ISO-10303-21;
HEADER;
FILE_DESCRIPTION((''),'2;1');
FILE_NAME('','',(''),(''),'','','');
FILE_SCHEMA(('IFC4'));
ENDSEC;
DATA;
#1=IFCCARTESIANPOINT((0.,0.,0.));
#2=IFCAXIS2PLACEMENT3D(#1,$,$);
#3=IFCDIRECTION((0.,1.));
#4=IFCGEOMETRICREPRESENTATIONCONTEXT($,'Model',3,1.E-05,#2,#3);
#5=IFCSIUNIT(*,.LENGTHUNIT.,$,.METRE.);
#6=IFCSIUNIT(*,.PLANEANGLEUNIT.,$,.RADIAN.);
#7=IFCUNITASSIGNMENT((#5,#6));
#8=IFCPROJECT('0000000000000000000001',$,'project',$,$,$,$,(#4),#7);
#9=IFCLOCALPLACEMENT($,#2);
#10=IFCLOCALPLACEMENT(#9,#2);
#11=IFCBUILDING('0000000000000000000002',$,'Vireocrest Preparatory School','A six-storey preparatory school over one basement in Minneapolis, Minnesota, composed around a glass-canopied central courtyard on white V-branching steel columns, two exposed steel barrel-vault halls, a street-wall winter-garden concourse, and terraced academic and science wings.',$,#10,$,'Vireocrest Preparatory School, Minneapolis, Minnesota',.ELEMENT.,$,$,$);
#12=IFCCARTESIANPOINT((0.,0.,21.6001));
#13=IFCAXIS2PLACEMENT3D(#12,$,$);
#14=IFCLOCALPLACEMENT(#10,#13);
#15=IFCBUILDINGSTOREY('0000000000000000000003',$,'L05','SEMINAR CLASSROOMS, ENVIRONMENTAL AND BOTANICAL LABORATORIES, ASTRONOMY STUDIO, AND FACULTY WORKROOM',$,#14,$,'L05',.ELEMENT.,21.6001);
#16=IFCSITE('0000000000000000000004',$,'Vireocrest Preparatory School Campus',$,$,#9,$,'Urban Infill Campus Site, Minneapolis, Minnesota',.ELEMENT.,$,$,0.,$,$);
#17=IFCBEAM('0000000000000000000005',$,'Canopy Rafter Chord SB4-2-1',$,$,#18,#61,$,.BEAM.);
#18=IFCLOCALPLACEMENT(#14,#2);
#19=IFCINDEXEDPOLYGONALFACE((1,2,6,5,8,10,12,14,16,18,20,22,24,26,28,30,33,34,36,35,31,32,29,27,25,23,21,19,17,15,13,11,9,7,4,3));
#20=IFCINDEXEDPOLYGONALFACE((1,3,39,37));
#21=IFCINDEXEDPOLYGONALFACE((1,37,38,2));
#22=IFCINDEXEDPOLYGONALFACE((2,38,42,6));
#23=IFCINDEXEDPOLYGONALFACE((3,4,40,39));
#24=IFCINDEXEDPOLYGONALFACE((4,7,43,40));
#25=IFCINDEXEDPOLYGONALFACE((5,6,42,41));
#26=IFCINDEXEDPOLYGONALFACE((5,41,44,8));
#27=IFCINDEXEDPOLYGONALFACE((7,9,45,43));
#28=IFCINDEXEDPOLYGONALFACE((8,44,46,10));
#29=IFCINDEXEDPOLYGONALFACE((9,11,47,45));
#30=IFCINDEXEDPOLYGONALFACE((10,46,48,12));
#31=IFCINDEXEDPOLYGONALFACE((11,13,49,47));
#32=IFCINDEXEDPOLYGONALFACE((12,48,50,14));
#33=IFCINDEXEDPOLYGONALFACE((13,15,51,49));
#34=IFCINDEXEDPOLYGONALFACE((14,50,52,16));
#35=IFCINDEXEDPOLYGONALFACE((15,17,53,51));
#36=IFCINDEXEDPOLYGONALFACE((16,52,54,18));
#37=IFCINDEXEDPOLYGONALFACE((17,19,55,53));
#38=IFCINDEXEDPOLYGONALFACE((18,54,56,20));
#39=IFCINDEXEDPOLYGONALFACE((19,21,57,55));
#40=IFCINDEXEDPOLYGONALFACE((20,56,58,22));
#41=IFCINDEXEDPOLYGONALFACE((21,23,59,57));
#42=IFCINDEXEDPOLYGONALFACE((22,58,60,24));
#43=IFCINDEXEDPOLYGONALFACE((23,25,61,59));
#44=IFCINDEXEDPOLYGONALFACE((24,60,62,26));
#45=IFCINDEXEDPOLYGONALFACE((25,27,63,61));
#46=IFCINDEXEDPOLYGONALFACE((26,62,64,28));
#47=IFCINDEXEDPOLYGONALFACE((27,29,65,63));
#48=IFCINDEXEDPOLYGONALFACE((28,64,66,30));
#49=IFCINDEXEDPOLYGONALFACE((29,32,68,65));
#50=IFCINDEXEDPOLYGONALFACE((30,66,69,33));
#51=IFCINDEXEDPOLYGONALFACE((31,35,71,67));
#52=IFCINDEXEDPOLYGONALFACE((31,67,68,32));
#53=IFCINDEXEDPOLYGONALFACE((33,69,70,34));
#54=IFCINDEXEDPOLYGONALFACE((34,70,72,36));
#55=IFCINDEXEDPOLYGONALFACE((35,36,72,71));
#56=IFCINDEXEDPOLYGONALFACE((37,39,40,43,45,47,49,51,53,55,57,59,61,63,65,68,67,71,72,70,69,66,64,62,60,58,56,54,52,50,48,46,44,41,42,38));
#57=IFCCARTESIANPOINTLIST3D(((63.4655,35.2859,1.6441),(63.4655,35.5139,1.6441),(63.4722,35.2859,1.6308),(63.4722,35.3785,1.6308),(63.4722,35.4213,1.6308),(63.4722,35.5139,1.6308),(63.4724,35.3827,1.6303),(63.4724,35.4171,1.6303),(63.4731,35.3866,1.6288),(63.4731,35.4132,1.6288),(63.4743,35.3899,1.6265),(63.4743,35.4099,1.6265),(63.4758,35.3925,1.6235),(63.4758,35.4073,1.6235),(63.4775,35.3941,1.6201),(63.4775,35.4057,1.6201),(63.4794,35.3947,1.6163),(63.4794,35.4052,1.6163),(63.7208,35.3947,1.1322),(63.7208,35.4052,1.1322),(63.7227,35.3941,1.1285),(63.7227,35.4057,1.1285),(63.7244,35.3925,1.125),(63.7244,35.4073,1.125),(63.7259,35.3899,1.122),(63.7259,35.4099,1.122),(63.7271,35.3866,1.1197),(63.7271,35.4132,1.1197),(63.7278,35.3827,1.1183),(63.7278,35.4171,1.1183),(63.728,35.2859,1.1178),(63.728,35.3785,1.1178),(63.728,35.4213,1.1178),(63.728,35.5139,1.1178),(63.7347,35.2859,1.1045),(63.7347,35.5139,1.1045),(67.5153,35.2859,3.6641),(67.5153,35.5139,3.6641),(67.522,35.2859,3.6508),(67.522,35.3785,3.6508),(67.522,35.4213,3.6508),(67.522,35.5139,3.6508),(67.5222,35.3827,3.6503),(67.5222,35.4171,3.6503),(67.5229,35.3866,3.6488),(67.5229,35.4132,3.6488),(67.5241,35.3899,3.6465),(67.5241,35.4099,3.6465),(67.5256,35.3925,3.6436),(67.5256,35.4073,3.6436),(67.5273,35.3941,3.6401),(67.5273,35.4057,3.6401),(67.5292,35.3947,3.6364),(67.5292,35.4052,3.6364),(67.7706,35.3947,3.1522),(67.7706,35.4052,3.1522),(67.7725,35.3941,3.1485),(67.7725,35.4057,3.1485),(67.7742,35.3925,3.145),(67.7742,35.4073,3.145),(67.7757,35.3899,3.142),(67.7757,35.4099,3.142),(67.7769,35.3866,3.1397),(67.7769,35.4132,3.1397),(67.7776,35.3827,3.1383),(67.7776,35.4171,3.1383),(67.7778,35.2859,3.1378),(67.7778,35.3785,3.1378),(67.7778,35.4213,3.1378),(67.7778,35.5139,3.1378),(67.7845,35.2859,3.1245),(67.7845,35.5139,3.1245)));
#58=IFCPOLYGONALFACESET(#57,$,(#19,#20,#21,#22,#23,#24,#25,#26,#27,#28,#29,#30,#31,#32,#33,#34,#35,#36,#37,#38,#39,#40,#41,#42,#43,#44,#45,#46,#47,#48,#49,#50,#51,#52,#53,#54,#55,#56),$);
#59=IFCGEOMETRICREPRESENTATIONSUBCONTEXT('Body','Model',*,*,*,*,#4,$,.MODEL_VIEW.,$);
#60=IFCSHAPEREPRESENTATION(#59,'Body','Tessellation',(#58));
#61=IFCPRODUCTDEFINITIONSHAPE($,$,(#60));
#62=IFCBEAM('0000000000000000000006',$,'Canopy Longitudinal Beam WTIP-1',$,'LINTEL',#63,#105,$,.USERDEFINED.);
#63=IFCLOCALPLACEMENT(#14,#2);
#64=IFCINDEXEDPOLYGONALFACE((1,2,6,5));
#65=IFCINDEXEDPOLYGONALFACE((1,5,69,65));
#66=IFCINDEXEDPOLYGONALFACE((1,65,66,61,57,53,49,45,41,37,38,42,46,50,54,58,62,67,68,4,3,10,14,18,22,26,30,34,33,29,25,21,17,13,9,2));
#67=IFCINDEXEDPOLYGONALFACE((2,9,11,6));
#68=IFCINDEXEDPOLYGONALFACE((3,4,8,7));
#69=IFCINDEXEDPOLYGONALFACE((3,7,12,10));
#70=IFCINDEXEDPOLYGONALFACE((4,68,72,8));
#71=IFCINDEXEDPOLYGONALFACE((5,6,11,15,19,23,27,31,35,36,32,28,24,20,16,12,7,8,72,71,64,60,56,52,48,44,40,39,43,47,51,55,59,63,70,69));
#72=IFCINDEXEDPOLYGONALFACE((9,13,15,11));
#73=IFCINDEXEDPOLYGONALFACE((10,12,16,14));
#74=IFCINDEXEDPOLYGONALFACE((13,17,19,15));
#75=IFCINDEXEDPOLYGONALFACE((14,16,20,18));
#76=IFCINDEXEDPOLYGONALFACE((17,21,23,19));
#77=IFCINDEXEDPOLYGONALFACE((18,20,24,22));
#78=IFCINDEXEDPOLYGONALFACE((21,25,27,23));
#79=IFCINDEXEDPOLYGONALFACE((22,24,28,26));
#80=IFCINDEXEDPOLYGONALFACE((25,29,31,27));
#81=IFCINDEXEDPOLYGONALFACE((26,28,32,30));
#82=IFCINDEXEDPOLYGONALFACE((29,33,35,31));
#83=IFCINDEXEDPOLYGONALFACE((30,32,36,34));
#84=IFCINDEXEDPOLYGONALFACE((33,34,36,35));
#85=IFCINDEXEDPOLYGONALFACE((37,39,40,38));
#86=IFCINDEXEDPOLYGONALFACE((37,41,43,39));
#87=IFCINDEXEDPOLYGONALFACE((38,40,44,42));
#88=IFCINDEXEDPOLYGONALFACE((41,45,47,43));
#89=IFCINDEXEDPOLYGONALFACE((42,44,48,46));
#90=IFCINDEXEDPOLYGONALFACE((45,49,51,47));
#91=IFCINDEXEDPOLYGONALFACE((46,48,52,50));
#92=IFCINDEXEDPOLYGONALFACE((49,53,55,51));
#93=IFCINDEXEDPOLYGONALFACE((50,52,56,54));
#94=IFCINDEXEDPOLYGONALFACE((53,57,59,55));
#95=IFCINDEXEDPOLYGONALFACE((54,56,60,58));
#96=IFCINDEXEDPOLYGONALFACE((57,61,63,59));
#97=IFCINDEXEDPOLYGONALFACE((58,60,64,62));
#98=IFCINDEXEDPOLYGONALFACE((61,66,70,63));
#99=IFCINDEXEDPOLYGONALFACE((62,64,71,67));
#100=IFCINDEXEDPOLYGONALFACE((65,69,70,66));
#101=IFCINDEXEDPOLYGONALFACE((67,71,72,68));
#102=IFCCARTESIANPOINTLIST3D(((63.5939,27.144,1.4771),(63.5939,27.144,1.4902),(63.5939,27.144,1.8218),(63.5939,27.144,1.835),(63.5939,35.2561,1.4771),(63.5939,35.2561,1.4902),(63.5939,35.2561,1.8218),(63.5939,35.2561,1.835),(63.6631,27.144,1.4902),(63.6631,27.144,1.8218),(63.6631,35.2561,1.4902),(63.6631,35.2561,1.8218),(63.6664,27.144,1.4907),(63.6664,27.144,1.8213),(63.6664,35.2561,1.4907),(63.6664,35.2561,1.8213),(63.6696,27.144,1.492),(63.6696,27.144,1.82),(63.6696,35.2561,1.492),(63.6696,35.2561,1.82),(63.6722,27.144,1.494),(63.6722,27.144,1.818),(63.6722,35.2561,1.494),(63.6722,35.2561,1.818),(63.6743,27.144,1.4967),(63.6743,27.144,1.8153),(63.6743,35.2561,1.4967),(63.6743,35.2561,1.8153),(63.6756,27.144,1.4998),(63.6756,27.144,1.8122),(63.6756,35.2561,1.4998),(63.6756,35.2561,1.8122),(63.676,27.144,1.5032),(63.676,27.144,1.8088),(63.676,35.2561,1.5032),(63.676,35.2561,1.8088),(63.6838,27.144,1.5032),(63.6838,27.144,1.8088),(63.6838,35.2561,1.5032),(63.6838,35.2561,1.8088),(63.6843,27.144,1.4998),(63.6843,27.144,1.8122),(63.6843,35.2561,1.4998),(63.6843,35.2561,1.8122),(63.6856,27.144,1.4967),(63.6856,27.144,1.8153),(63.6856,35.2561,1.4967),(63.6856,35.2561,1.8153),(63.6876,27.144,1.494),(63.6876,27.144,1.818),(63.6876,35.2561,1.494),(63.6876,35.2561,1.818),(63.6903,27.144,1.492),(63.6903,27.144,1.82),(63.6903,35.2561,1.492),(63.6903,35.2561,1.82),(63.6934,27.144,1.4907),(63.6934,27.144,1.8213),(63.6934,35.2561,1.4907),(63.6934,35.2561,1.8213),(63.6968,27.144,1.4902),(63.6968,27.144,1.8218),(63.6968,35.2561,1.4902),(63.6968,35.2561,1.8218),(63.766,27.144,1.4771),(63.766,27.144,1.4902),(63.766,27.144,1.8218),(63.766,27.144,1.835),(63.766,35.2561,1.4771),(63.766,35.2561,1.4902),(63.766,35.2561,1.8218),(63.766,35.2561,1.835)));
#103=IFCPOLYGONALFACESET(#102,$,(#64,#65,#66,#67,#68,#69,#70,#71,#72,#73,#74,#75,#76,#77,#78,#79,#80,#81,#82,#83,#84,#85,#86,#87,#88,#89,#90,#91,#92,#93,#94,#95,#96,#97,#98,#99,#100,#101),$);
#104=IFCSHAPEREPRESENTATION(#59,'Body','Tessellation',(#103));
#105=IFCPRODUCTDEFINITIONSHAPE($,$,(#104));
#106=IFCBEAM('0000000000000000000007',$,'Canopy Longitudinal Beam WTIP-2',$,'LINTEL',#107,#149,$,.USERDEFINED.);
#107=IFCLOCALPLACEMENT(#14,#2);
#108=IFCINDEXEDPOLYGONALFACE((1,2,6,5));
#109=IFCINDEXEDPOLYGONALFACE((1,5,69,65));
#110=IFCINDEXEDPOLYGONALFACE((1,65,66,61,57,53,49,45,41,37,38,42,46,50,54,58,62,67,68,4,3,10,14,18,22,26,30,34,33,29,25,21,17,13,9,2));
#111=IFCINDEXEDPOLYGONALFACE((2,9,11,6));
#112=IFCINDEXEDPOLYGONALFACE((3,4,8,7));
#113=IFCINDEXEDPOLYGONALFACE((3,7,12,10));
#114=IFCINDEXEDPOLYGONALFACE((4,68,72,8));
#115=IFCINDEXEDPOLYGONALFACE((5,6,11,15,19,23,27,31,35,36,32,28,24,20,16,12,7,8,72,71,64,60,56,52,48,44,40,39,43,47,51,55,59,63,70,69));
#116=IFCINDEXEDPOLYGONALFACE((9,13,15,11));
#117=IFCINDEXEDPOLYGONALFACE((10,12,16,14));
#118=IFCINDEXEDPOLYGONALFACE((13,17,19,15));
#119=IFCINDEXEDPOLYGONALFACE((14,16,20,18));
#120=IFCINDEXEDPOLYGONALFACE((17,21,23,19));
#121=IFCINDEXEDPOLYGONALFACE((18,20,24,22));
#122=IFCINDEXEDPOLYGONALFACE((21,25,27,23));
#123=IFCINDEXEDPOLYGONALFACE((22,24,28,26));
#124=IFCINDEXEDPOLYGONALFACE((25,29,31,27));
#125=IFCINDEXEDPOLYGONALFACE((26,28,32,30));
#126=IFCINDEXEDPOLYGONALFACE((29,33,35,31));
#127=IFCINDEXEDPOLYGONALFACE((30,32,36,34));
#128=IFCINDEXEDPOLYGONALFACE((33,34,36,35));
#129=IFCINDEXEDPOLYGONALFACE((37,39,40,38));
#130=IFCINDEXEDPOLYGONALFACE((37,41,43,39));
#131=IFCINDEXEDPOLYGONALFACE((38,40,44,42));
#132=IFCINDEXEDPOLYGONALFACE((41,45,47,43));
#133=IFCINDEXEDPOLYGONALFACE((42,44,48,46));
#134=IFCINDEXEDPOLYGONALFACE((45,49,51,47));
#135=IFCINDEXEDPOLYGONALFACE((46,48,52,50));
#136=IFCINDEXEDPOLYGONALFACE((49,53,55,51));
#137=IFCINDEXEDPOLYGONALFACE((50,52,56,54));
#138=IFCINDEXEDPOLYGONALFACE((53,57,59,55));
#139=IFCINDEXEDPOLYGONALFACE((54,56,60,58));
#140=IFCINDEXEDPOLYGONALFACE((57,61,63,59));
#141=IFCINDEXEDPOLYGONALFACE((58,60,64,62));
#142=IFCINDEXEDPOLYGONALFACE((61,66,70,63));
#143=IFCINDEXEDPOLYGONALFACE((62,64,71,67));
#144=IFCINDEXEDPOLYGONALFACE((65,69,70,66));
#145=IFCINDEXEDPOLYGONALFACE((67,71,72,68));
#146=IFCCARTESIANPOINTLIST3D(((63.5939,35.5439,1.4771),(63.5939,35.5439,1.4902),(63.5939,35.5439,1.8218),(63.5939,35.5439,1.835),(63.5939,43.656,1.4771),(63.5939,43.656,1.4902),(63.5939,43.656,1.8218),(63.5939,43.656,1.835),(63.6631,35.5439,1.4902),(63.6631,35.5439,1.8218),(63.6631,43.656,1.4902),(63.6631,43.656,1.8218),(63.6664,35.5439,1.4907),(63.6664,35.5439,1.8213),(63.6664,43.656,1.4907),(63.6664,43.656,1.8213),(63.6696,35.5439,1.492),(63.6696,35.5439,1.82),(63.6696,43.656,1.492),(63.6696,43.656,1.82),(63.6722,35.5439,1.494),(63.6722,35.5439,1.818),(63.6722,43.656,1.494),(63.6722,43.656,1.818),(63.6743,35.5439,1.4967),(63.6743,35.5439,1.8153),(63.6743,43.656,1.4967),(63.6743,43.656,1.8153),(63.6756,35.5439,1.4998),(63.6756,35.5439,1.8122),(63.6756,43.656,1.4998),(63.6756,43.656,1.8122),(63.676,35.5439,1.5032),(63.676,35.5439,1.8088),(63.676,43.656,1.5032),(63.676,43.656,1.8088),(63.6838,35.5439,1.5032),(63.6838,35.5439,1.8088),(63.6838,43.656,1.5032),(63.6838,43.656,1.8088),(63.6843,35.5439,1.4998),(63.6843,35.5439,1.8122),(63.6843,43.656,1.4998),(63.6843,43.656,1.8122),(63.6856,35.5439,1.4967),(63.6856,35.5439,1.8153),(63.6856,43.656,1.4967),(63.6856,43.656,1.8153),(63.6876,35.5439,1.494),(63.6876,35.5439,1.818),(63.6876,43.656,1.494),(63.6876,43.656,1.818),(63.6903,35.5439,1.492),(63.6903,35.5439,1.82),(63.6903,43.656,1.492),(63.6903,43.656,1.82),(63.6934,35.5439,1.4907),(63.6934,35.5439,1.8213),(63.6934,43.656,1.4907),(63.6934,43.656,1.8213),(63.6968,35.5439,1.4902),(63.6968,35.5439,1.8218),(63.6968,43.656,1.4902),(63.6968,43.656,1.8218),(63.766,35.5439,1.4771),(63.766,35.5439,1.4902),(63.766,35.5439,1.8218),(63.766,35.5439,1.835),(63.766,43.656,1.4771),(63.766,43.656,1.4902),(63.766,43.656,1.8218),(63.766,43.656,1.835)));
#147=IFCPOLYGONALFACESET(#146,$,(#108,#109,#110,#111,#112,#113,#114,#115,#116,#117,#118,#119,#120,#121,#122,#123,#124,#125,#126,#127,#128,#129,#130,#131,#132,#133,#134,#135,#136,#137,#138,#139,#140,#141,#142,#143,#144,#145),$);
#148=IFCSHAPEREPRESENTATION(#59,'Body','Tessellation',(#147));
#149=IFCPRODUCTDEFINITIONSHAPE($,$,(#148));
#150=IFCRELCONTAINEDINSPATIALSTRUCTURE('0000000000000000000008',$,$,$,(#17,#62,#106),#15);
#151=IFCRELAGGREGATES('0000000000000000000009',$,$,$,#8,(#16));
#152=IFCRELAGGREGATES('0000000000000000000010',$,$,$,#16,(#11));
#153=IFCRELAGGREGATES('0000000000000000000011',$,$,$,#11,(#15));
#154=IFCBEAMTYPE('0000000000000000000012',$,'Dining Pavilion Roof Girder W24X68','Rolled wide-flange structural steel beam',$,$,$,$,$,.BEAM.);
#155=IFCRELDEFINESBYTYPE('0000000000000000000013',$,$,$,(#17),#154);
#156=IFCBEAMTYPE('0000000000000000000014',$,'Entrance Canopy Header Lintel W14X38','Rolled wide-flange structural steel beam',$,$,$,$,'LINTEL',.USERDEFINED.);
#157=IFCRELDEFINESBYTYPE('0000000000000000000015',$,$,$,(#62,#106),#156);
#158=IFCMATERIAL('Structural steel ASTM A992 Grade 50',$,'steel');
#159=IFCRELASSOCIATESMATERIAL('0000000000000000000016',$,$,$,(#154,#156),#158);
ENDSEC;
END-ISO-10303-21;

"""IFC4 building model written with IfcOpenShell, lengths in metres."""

from ifc_helpers import new_model, si_unit, direction, frame, origin, origin_2d, place, context, subcontext, project, spatial, i_section, extrude, material, material_profile, profile_set, type_object, element, save


model = new_model("IFC4")

# Units and contexts
model_context = context("Model", 3, precision=1e-05, world=origin(), true_north=direction((0.0, 1.0)))
body_context = subcontext(model_context, "Body", "Model", "MODEL_VIEW")
ifc_project = project(units=[si_unit("LENGTHUNIT", "METRE"), si_unit("PLANEANGLEUNIT", "RADIAN")], contexts=[model_context])

# Site, building, storey
site_placement = place(None, origin())
site = spatial("IfcSite", under=ifc_project, at=site_placement, Name="Vireocrest Preparatory School Campus", LongName="Urban Infill Campus Site, Minneapolis, Minnesota", CompositionType="ELEMENT", RefElevation=0.0)
building_placement = place(site_placement, origin())
building = spatial("IfcBuilding", under=site, at=building_placement, Name="Vireocrest Preparatory School", Description="A six-storey preparatory school over one basement in Minneapolis, Minnesota, composed around a glass-canopied central courtyard on white V-branching steel columns, two exposed steel barrel-vault halls, a street-wall winter-garden concourse, and terraced academic and science wings.", LongName="Vireocrest Preparatory School, Minneapolis, Minnesota", CompositionType="ELEMENT")
storey_placement = place(building_placement, frame((0.0, 0.0, 21.6001)))
storey = spatial("IfcBuildingStorey", under=building, at=storey_placement, Name="L05", Description="SEMINAR CLASSROOMS, ENVIRONMENTAL AND BOTANICAL LABORATORIES, ASTRONOMY STUDIO, AND FACULTY WORKROOM", LongName="L05", CompositionType="ELEMENT", Elevation=21.6001)

# Beams
ifc_material_1 = material(Name="Structural steel ASTM A992 Grade 50", Category="steel")
ifc_material_profile_1 = material_profile(ifc_material_1, i_section(OverallWidth=0.228, OverallDepth=0.603, WebThickness=0.0105, FlangeThickness=0.0149, FilletRadius=0.0161, at=origin_2d()), Name="W24X68")
ifc_profile_set_1 = profile_set([ifc_material_profile_1], Name="Structural steel ASTM A992 Grade 50")
beam_type_1 = type_object("IfcBeamType", Name="Dining Pavilion Roof Girder W24X68", Description="Rolled wide-flange structural steel beam", PredefinedType="BEAM", material=ifc_profile_set_1)
for number, where, z_axis, x_axis, name in (
    (1, (63.6001, 35.3999, 1.3743), (0.894858, 0.0, 0.44635), (0.0, 1.0, 0.0), "Canopy Rafter Chord SB4-2-1"),
):
    element("IfcBeam", number, at=place(storey_placement, frame(where, z_axis=z_axis, x_axis=x_axis)), inside=storey, type_object=beam_type_1, Name=name, PredefinedType="BEAM", context=body_context, shape_type="SweptSolid", body=[
        extrude(i_section(OverallWidth=0.228, OverallDepth=0.603, WebThickness=0.0105, FlangeThickness=0.0149, FilletRadius=0.0161, at=origin_2d()), origin(), (0.0, 0.0, 1.0), 4.5256),
    ])
ifc_material_profile_2 = material_profile(ifc_material_1, i_section(OverallWidth=0.1721, OverallDepth=0.3579, WebThickness=0.0078, FlangeThickness=0.0132, FilletRadius=0.0129, at=origin_2d()), Name="W14X38")
ifc_profile_set_2 = profile_set([ifc_material_profile_2], Name="Structural steel ASTM A992 Grade 50")
beam_type_2 = type_object("IfcBeamType", Name="Entrance Canopy Header Lintel W14X38", Description="Rolled wide-flange structural steel beam", ElementType="LINTEL", PredefinedType="USERDEFINED", material=ifc_profile_set_2)
for number, where, z_axis, x_axis, name in (
    (2, (63.6799, 27.144, 1.656), (0.0, 1.0, 0.0), (-1.0, 0.0, 0.0), "Canopy Longitudinal Beam WTIP-1"),
    (3, (63.6799, 35.5439, 1.656), (0.0, 1.0, 0.0), (-1.0, 0.0, 0.0), "Canopy Longitudinal Beam WTIP-2"),
):
    element("IfcBeam", number, at=place(storey_placement, frame(where, z_axis=z_axis, x_axis=x_axis)), inside=storey, type_object=beam_type_2, Name=name, ObjectType="LINTEL", PredefinedType="USERDEFINED", context=body_context, shape_type="SweptSolid", body=[
        extrude(i_section(OverallWidth=0.1721, OverallDepth=0.3579, WebThickness=0.0078, FlangeThickness=0.0132, FilletRadius=0.0129, at=origin_2d()), origin(), (0.0, 0.0, 1.0), 8.1121),
    ])

save(model, "model.ifc")
